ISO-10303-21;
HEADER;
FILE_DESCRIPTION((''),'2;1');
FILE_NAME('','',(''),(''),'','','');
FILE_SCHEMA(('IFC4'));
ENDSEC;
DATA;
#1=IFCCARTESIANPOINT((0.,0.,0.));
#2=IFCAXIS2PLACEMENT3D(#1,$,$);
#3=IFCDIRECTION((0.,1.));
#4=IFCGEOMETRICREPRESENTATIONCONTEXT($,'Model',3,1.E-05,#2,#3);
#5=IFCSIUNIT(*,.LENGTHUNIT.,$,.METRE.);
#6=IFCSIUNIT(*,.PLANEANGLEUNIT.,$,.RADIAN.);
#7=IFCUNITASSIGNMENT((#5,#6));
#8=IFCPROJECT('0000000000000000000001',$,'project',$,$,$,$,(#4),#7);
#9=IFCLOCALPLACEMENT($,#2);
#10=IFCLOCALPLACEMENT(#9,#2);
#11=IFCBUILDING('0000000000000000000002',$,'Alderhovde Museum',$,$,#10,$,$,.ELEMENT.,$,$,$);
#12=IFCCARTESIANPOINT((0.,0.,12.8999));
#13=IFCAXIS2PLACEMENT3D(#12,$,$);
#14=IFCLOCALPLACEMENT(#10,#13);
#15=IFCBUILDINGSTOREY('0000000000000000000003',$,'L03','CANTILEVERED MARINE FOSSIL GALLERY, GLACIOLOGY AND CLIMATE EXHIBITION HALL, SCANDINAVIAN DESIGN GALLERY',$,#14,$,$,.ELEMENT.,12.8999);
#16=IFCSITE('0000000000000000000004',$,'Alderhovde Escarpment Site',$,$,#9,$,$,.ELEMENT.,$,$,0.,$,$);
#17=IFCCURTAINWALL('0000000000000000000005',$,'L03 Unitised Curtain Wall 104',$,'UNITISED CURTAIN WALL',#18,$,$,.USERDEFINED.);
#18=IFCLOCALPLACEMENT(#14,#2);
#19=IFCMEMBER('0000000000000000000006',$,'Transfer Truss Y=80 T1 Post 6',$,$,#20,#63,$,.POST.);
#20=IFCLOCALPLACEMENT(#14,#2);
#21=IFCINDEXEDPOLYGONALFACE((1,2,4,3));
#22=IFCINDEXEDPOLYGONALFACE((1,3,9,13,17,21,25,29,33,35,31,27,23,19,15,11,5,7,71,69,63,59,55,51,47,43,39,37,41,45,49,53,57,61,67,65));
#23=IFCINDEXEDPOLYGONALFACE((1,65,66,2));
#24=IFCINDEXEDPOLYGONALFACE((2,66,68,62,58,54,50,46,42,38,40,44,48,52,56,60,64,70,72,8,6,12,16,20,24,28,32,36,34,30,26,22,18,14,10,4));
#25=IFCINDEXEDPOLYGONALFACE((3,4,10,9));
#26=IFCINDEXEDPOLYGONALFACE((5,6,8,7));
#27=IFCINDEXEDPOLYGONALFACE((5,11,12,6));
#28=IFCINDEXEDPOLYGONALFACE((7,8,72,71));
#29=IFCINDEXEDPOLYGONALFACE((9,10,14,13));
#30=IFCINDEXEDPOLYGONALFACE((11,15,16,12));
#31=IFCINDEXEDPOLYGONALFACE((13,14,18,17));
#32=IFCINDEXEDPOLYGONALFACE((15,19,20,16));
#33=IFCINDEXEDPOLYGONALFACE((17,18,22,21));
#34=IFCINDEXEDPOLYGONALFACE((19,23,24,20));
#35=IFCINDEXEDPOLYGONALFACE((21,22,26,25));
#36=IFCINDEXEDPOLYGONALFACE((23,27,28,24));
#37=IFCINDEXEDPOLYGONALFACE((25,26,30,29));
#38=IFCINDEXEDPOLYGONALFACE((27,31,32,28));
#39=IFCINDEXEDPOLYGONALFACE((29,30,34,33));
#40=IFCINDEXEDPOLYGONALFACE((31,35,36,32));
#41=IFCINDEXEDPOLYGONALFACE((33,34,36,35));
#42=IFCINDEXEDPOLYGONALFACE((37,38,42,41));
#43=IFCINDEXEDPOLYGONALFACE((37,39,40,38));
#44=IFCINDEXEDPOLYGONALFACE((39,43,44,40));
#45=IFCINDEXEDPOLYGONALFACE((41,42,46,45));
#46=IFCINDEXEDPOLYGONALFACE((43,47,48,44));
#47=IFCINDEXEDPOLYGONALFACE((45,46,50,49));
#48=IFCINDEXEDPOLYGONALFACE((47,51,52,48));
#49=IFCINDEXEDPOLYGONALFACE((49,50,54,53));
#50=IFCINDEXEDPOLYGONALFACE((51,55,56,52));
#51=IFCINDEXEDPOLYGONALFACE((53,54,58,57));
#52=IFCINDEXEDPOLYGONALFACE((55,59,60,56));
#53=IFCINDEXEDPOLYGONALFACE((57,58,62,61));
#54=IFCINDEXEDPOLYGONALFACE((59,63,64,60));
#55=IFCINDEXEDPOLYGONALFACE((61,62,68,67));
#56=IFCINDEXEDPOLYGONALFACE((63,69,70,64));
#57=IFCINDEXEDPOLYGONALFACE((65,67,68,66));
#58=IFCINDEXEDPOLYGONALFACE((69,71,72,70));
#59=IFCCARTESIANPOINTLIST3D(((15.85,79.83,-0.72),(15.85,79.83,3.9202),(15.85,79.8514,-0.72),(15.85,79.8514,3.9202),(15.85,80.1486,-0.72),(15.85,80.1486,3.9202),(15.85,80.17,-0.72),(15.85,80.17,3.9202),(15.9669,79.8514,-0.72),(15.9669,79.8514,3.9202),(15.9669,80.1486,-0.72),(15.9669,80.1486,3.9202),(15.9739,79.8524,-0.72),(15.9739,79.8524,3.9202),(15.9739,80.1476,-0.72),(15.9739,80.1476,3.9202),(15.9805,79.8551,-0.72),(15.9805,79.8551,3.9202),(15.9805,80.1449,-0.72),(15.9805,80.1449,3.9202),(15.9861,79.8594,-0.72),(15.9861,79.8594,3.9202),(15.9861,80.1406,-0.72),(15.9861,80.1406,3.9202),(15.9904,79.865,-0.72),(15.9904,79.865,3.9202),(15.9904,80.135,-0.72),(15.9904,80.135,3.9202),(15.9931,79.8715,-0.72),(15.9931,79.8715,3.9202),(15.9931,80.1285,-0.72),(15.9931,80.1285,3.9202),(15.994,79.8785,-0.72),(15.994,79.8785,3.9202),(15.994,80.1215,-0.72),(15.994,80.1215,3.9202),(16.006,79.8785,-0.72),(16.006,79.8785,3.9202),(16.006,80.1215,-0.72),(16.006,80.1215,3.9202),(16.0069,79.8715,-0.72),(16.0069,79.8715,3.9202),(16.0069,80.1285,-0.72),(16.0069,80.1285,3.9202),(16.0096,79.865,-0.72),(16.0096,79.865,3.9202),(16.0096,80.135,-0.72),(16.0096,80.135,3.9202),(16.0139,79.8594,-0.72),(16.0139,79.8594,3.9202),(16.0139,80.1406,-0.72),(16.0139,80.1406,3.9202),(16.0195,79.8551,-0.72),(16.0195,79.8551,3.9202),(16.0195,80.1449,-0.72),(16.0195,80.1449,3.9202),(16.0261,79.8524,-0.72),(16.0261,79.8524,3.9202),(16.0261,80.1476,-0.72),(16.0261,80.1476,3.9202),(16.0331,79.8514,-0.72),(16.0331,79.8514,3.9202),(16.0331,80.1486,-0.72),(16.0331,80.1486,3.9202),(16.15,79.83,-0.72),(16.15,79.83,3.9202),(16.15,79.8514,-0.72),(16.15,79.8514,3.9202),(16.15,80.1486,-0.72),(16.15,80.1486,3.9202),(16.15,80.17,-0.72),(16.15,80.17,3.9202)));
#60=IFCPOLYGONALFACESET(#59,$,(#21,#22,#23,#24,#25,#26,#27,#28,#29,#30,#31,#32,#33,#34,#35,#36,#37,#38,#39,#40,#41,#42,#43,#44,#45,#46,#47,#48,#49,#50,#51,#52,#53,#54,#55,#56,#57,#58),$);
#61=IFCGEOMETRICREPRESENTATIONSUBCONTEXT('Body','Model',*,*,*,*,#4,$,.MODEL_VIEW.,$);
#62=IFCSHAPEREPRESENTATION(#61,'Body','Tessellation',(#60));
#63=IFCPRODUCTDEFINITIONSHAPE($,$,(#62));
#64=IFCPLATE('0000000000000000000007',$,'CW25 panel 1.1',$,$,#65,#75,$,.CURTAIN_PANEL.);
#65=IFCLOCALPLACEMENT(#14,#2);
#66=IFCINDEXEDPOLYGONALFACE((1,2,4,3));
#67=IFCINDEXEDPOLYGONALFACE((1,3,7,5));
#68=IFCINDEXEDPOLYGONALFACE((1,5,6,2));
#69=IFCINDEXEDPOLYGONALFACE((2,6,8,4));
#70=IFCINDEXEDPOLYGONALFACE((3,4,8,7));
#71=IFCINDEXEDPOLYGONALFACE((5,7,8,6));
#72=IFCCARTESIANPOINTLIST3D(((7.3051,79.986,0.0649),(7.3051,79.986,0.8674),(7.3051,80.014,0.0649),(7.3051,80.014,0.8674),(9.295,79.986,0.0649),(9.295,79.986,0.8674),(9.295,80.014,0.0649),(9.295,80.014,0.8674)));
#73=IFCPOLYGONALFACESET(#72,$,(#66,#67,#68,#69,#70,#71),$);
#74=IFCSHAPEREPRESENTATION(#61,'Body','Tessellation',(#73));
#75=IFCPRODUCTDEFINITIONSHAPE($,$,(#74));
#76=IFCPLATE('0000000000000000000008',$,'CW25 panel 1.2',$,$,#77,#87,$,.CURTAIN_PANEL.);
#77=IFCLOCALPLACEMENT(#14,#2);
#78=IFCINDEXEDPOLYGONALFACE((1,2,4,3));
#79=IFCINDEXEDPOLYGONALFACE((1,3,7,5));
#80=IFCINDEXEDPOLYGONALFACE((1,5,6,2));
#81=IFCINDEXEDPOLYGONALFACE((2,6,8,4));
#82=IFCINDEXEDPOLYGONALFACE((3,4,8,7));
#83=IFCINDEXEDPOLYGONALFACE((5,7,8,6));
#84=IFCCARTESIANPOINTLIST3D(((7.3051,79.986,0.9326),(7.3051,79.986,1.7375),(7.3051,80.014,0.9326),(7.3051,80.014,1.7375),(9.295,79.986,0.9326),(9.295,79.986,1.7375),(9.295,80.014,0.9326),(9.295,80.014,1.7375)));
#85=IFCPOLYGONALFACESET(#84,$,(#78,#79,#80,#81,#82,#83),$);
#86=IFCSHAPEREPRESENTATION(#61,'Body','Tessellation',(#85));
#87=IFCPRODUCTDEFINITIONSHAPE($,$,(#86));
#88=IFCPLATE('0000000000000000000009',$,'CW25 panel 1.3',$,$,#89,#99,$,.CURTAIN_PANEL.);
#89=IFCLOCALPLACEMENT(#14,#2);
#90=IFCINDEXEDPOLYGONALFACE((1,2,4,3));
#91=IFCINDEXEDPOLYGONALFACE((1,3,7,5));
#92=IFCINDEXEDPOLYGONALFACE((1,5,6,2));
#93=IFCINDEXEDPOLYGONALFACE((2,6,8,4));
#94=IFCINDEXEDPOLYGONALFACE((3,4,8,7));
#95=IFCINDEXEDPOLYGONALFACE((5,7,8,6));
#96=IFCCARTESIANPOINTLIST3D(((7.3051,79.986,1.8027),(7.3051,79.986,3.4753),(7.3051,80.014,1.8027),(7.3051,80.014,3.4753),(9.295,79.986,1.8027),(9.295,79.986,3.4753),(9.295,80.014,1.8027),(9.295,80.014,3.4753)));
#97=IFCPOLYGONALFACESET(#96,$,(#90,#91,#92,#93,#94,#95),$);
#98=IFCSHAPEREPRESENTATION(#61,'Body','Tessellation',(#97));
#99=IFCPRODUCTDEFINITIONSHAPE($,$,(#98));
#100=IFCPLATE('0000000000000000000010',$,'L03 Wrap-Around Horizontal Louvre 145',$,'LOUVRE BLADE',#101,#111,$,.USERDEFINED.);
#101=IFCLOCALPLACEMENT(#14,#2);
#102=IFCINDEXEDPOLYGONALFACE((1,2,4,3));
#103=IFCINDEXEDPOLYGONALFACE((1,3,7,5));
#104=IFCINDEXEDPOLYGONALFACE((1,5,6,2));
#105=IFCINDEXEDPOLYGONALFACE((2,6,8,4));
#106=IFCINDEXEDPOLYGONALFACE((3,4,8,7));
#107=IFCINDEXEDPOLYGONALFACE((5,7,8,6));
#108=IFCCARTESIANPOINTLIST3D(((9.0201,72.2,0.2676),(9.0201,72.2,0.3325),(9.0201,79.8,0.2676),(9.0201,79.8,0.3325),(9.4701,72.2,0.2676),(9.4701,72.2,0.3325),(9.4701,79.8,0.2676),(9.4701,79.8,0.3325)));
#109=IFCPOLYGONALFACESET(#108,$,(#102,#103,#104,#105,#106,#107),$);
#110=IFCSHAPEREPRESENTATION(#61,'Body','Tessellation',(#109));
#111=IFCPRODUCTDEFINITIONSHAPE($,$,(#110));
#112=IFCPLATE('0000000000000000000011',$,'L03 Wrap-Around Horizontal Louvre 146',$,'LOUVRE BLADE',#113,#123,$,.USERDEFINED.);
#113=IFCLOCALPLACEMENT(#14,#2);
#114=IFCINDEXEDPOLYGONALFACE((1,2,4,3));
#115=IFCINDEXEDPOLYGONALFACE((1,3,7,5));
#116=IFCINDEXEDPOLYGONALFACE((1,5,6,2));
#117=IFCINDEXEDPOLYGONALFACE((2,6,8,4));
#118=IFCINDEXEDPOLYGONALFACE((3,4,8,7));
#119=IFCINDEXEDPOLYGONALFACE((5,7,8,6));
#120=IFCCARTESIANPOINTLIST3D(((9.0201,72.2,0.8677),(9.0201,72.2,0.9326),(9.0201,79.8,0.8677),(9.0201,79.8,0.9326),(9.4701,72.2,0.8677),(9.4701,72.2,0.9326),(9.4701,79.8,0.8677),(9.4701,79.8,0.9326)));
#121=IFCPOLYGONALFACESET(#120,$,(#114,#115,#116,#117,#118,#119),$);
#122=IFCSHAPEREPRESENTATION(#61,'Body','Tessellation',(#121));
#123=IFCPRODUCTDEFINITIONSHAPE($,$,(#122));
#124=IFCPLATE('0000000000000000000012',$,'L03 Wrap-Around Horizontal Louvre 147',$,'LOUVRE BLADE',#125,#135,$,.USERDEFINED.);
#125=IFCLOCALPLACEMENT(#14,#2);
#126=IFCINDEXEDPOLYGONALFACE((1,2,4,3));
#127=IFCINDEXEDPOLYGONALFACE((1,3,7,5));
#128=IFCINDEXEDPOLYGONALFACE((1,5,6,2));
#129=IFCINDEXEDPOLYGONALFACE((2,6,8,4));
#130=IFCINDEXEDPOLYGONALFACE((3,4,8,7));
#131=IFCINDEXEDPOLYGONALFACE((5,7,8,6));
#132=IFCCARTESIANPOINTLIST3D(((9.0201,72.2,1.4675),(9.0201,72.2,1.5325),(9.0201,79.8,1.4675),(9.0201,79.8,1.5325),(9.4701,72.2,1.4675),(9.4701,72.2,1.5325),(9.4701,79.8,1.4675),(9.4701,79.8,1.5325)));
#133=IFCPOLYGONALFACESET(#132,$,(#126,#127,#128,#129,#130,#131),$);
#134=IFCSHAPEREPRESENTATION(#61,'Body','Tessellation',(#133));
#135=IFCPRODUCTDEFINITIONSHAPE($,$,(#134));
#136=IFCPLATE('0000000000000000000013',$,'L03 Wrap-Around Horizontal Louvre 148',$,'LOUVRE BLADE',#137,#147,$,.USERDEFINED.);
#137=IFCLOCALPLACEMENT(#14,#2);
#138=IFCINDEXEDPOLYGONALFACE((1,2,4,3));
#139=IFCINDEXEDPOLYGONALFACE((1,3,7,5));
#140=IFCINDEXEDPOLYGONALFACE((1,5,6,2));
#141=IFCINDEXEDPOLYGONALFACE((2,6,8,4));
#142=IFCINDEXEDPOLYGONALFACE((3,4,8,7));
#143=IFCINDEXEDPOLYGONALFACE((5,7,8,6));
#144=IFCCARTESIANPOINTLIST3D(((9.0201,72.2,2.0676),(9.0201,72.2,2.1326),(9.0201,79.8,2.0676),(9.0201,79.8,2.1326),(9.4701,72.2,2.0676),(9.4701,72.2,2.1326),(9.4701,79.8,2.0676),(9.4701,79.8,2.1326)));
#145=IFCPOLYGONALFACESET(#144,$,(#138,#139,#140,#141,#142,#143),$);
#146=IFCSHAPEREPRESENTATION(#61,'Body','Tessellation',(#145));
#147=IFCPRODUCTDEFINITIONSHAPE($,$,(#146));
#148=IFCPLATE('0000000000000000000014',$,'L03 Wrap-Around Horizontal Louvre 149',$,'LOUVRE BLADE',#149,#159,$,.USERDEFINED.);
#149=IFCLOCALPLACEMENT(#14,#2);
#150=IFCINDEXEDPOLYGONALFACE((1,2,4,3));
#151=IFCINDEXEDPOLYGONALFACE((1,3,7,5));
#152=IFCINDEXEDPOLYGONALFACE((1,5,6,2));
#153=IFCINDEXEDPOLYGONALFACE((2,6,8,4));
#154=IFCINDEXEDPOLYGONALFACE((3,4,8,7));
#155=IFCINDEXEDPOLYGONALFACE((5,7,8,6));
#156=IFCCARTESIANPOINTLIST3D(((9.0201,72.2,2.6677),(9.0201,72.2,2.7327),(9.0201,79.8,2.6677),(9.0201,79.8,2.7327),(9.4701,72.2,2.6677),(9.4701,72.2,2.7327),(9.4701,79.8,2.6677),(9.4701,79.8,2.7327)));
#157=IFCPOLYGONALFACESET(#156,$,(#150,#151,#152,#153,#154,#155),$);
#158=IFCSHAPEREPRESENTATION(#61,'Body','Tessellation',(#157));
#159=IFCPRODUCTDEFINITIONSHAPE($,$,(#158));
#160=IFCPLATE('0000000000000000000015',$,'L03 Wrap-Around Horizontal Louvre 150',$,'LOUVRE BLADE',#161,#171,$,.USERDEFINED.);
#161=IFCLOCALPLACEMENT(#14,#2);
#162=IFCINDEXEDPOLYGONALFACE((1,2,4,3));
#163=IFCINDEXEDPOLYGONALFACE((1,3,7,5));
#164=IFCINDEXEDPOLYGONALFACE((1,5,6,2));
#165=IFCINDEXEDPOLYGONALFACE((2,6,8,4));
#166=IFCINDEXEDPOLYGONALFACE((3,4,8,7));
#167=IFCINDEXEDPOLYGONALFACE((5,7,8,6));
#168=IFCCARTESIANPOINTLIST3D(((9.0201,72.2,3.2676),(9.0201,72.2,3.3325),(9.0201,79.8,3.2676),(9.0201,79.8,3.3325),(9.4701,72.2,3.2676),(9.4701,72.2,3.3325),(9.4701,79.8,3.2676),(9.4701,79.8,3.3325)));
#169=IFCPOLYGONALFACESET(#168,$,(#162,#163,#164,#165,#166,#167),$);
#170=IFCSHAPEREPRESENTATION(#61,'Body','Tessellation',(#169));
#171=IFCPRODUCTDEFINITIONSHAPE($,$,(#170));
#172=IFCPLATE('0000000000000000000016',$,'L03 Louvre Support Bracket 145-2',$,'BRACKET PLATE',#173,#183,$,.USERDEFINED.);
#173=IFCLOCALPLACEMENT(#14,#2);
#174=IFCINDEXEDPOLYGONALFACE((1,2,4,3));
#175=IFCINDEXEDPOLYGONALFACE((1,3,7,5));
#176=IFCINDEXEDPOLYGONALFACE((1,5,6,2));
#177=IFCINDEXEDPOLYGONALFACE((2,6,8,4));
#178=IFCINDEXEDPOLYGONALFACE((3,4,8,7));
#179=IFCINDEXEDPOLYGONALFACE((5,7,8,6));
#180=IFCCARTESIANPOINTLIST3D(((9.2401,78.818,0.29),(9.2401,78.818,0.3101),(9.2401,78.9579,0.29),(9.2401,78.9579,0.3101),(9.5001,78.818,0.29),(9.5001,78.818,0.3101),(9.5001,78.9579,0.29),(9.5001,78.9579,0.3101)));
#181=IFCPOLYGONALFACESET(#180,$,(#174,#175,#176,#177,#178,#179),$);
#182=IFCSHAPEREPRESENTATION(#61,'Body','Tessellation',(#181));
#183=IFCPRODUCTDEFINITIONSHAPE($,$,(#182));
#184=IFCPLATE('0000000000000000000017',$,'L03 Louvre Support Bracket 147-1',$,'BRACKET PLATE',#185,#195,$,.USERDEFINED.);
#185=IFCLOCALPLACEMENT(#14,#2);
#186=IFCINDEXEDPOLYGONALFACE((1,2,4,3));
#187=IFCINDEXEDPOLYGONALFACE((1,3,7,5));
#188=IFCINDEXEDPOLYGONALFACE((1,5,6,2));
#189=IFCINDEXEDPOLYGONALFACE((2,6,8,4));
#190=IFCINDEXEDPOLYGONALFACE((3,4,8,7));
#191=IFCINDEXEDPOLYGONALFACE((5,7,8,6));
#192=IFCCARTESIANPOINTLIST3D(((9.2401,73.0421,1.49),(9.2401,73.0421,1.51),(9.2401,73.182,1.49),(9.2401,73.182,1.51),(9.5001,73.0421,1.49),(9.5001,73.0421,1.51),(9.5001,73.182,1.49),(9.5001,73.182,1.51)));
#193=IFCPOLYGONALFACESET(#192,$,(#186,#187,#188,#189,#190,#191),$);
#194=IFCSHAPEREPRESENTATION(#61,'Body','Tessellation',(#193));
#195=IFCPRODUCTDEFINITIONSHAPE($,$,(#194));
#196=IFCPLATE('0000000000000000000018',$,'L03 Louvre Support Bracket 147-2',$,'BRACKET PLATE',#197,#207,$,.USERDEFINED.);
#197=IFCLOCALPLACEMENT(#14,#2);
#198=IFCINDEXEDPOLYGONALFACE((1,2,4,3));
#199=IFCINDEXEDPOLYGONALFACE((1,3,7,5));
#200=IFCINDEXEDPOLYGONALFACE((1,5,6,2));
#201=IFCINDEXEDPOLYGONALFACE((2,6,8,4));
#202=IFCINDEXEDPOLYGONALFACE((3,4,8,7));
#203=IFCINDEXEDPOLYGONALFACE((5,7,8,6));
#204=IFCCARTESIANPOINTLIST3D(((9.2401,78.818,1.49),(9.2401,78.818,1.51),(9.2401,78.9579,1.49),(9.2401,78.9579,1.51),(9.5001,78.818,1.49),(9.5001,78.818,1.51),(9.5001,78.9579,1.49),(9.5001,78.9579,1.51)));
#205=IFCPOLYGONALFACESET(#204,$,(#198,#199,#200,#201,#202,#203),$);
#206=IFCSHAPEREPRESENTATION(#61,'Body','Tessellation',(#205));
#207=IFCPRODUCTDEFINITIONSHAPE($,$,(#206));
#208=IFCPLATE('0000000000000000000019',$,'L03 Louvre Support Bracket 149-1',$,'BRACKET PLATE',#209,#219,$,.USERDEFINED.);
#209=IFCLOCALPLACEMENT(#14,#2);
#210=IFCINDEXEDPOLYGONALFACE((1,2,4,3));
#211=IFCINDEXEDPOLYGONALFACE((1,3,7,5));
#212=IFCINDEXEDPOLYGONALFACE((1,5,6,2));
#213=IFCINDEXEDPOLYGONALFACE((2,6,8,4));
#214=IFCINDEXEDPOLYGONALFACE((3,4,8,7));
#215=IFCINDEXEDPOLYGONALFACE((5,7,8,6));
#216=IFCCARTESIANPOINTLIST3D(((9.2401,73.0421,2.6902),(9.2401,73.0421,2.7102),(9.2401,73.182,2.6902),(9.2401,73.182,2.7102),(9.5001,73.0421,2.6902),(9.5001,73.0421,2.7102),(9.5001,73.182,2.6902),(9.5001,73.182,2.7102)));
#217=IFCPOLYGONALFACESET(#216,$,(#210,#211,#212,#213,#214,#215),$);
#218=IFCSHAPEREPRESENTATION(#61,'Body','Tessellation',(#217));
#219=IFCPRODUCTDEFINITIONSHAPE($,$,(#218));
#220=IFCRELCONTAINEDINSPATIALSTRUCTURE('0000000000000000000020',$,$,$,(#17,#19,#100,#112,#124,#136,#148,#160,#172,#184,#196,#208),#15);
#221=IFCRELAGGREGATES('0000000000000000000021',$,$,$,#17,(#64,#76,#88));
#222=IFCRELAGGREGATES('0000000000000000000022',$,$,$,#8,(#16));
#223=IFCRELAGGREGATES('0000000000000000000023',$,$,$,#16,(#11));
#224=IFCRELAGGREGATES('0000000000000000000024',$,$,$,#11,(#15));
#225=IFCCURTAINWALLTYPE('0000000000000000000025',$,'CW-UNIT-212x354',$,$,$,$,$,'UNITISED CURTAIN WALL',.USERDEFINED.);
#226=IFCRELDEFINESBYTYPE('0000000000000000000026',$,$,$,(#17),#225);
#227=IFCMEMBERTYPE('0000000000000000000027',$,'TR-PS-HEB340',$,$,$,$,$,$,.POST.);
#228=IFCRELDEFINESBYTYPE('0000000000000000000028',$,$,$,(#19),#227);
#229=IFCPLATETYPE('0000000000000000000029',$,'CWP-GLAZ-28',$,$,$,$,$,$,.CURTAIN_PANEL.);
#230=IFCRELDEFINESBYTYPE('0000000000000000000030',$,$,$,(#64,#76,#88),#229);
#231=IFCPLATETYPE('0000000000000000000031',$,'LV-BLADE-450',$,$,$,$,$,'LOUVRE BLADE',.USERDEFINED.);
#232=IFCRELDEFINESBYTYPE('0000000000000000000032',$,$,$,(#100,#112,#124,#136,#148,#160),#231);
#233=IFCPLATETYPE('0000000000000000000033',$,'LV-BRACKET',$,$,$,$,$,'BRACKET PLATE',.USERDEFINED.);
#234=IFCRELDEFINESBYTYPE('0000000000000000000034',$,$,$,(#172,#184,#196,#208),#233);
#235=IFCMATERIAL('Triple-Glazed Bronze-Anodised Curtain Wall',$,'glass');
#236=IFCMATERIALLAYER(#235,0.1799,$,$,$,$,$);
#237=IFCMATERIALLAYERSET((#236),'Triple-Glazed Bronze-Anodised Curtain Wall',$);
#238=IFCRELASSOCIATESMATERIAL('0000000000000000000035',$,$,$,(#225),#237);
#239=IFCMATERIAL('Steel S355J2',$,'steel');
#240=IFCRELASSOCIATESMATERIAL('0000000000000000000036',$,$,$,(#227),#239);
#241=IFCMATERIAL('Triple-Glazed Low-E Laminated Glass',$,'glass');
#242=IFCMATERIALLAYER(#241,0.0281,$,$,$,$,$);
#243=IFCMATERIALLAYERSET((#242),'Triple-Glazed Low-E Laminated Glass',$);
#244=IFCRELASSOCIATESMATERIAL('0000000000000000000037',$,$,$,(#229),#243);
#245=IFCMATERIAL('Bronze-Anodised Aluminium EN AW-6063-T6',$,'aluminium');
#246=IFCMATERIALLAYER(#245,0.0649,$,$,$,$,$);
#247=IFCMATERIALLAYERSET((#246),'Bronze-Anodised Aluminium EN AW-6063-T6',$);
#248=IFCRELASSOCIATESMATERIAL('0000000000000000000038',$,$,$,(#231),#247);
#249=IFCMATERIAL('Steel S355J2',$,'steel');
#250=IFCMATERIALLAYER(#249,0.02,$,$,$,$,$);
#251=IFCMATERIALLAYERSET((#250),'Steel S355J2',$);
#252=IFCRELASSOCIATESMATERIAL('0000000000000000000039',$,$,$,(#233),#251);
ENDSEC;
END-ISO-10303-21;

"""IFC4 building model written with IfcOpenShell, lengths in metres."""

from ifc_helpers import new_model, si_unit, direction, frame, origin, origin_2d, place, context, subcontext, project, spatial, rectangle, i_section, extrude, material, layer, layer_set, material_profile, profile_set, type_object, element, aggregate, save


model = new_model("IFC4")

# Units and contexts
model_context = context("Model", 3, precision=1e-05, world=origin(), true_north=direction((0.0, 1.0)))
body_context = subcontext(model_context, "Body", "Model", "MODEL_VIEW")
ifc_project = project(units=[si_unit("LENGTHUNIT", "METRE"), si_unit("PLANEANGLEUNIT", "RADIAN")], contexts=[model_context])

# Site, building, storey
site_placement = place(None, origin())
site = spatial("IfcSite", under=ifc_project, at=site_placement, Name="Alderhovde Escarpment Site", CompositionType="ELEMENT", RefElevation=0.0)
building_placement = place(site_placement, origin())
building = spatial("IfcBuilding", under=site, at=building_placement, Name="Alderhovde Museum", CompositionType="ELEMENT")
storey_placement = place(building_placement, frame((0.0, 0.0, 12.8999)))
storey = spatial("IfcBuildingStorey", under=building, at=storey_placement, Name="L03", Description="CANTILEVERED MARINE FOSSIL GALLERY, GLACIOLOGY AND CLIMATE EXHIBITION HALL, SCANDINAVIAN DESIGN GALLERY", CompositionType="ELEMENT", Elevation=12.8999)

# Curtain wall
ifc_material_1 = material(Name="Triple-Glazed Bronze-Anodised Curtain Wall", Category="glass")
ifc_layer_1 = layer(ifc_material_1, 0.1799)
ifc_layer_set_1 = layer_set([ifc_layer_1], Name="Triple-Glazed Bronze-Anodised Curtain Wall")
curtain_wall_type = type_object("IfcCurtainWallType", Name="CW-UNIT-212x354", ElementType="UNITISED CURTAIN WALL", PredefinedType="USERDEFINED", material=ifc_layer_set_1)
curtain_wall_placement = place(storey_placement, origin())
curtain_wall = element("IfcCurtainWall", 1, at=curtain_wall_placement, inside=storey, type_object=curtain_wall_type, Name="L03 Unitised Curtain Wall 104", ObjectType="UNITISED CURTAIN WALL", PredefinedType="USERDEFINED")

# Member
ifc_material_2 = material(Name="Steel S355J2", Category="steel")
ifc_material_profile_1 = material_profile(ifc_material_2, i_section(OverallWidth=0.3, OverallDepth=0.3401, WebThickness=0.012, FlangeThickness=0.0215, FilletRadius=0.0271, at=origin_2d()), Name="HEB 340")
ifc_profile_set_1 = profile_set([ifc_material_profile_1], Name="Steel S355J2")
member_type_1 = type_object("IfcMemberType", Name="TR-PS-HEB340", PredefinedType="POST", material=ifc_profile_set_1)
for number, where, z_axis, x_axis, name in (
    (2, (16.0, 80.0, -0.72), (0.0, 0.0, 1.0), (1.0, 0.0, 0.0), "Transfer Truss Y=80 T1 Post 6"),
):
    element("IfcMember", number, at=place(storey_placement, frame(where, z_axis=z_axis, x_axis=x_axis)), inside=storey, type_object=member_type_1, Name=name, PredefinedType="POST", context=body_context, shape_type="SweptSolid", body=[
        extrude(i_section(OverallWidth=0.3, OverallDepth=0.3401, WebThickness=0.012, FlangeThickness=0.0215, FilletRadius=0.0271, at=origin_2d()), origin(), (0.0, 0.0, 1.0), 4.6401),
    ])

# Plates
ifc_material_3 = material(Name="Triple-Glazed Low-E Laminated Glass", Category="glass")
ifc_layer_2 = layer(ifc_material_3, 0.0281)
ifc_layer_set_2 = layer_set([ifc_layer_2], Name="Triple-Glazed Low-E Laminated Glass")
plate_type_1 = type_object("IfcPlateType", Name="CWP-GLAZ-28", PredefinedType="CURTAIN_PANEL", material=ifc_layer_set_2)
plate_1_placement = place(storey_placement, frame((8.3, 80.0, 0.0649), z_axis=(0.0, 0.0, 1.0), x_axis=(1.0, 0.0, 0.0)))
plate_1 = element("IfcPlate", 3, at=plate_1_placement, type_object=plate_type_1, Name="CW25 panel 1.1", PredefinedType="CURTAIN_PANEL", context=body_context, shape_type="SweptSolid", body=[
    extrude(rectangle(XDim=1.99, YDim=0.0281, at=origin_2d()), origin(), (0.0, 0.0, 1.0), 0.8025),
])
plate_2_placement = place(storey_placement, frame((8.3, 80.0, 0.9326), z_axis=(0.0, 0.0, 1.0), x_axis=(1.0, 0.0, 0.0)))
plate_2 = element("IfcPlate", 4, at=plate_2_placement, type_object=plate_type_1, Name="CW25 panel 1.2", PredefinedType="CURTAIN_PANEL", context=body_context, shape_type="SweptSolid", body=[
    extrude(rectangle(XDim=1.99, YDim=0.0281, at=origin_2d()), origin(), (0.0, 0.0, 1.0), 0.8049),
])
plate_3_placement = place(storey_placement, frame((8.3, 80.0, 1.8027), z_axis=(0.0, 0.0, 1.0), x_axis=(1.0, 0.0, 0.0)))
plate_3 = element("IfcPlate", 5, at=plate_3_placement, type_object=plate_type_1, Name="CW25 panel 1.3", PredefinedType="CURTAIN_PANEL", context=body_context, shape_type="SweptSolid", body=[
    extrude(rectangle(XDim=1.99, YDim=0.0281, at=origin_2d()), origin(), (0.0, 0.0, 1.0), 1.6726),
])
aggregate(curtain_wall, [plate_1, plate_2, plate_3])

# Plates
ifc_material_4 = material(Name="Bronze-Anodised Aluminium EN AW-6063-T6", Category="aluminium")
ifc_layer_3 = layer(ifc_material_4, 0.0649)
ifc_layer_set_3 = layer_set([ifc_layer_3], Name="Bronze-Anodised Aluminium EN AW-6063-T6")
plate_type_2 = type_object("IfcPlateType", Name="LV-BLADE-450", ElementType="LOUVRE BLADE", PredefinedType="USERDEFINED", material=ifc_layer_set_3)
for number, where, z_axis, x_axis, name in (
    (6, (9.2451, 76.0, 0.2676), (0.0, 0.0, 1.0), (0.0, 1.0, 0.0), "L03 Wrap-Around Horizontal Louvre 145"),
    (7, (9.2451, 76.0, 0.8677), (0.0, 0.0, 1.0), (0.0, 1.0, 0.0), "L03 Wrap-Around Horizontal Louvre 146"),
    (8, (9.2451, 76.0, 1.4675), (0.0, 0.0, 1.0), (0.0, 1.0, 0.0), "L03 Wrap-Around Horizontal Louvre 147"),
    (9, (9.2451, 76.0, 2.0676), (0.0, 0.0, 1.0), (0.0, 1.0, 0.0), "L03 Wrap-Around Horizontal Louvre 148"),
    (10, (9.2451, 76.0, 2.6677), (0.0, 0.0, 1.0), (0.0, 1.0, 0.0), "L03 Wrap-Around Horizontal Louvre 149"),
    (11, (9.2451, 76.0, 3.2676), (0.0, 0.0, 1.0), (0.0, 1.0, 0.0), "L03 Wrap-Around Horizontal Louvre 150"),
):
    element("IfcPlate", number, at=place(storey_placement, frame(where, z_axis=z_axis, x_axis=x_axis)), inside=storey, type_object=plate_type_2, Name=name, ObjectType="LOUVRE BLADE", PredefinedType="USERDEFINED", context=body_context, shape_type="SweptSolid", body=[
        extrude(rectangle(XDim=7.6001, YDim=0.45, at=origin_2d()), origin(), (0.0, 0.0, 1.0), 0.0649),
    ])
ifc_material_5 = material(Name="Steel S355J2", Category="steel")
ifc_layer_4 = layer(ifc_material_5, 0.02)
ifc_layer_set_4 = layer_set([ifc_layer_4], Name="Steel S355J2")
plate_type_3 = type_object("IfcPlateType", Name="LV-BRACKET", ElementType="BRACKET PLATE", PredefinedType="USERDEFINED", material=ifc_layer_set_4)
for number, where, z_axis, x_axis, name in (
    (12, (9.3701, 78.8879, 0.29), (0.0, 0.0, 1.0), (0.0, 1.0, 0.0), "L03 Louvre Support Bracket 145-2"),
    (13, (9.3701, 73.1121, 1.49), (0.0, 0.0, 1.0), (0.0, 1.0, 0.0), "L03 Louvre Support Bracket 147-1"),
    (14, (9.3701, 78.8879, 1.49), (0.0, 0.0, 1.0), (0.0, 1.0, 0.0), "L03 Louvre Support Bracket 147-2"),
    (15, (9.3701, 73.1121, 2.6902), (0.0, 0.0, 1.0), (0.0, 1.0, 0.0), "L03 Louvre Support Bracket 149-1"),
):
    element("IfcPlate", number, at=place(storey_placement, frame(where, z_axis=z_axis, x_axis=x_axis)), inside=storey, type_object=plate_type_3, Name=name, ObjectType="BRACKET PLATE", PredefinedType="USERDEFINED", context=body_context, shape_type="SweptSolid", body=[
        extrude(rectangle(XDim=0.1399, YDim=0.26, at=origin_2d()), origin(), (0.0, 0.0, 1.0), 0.02),
    ])

save(model, "model.ifc")
